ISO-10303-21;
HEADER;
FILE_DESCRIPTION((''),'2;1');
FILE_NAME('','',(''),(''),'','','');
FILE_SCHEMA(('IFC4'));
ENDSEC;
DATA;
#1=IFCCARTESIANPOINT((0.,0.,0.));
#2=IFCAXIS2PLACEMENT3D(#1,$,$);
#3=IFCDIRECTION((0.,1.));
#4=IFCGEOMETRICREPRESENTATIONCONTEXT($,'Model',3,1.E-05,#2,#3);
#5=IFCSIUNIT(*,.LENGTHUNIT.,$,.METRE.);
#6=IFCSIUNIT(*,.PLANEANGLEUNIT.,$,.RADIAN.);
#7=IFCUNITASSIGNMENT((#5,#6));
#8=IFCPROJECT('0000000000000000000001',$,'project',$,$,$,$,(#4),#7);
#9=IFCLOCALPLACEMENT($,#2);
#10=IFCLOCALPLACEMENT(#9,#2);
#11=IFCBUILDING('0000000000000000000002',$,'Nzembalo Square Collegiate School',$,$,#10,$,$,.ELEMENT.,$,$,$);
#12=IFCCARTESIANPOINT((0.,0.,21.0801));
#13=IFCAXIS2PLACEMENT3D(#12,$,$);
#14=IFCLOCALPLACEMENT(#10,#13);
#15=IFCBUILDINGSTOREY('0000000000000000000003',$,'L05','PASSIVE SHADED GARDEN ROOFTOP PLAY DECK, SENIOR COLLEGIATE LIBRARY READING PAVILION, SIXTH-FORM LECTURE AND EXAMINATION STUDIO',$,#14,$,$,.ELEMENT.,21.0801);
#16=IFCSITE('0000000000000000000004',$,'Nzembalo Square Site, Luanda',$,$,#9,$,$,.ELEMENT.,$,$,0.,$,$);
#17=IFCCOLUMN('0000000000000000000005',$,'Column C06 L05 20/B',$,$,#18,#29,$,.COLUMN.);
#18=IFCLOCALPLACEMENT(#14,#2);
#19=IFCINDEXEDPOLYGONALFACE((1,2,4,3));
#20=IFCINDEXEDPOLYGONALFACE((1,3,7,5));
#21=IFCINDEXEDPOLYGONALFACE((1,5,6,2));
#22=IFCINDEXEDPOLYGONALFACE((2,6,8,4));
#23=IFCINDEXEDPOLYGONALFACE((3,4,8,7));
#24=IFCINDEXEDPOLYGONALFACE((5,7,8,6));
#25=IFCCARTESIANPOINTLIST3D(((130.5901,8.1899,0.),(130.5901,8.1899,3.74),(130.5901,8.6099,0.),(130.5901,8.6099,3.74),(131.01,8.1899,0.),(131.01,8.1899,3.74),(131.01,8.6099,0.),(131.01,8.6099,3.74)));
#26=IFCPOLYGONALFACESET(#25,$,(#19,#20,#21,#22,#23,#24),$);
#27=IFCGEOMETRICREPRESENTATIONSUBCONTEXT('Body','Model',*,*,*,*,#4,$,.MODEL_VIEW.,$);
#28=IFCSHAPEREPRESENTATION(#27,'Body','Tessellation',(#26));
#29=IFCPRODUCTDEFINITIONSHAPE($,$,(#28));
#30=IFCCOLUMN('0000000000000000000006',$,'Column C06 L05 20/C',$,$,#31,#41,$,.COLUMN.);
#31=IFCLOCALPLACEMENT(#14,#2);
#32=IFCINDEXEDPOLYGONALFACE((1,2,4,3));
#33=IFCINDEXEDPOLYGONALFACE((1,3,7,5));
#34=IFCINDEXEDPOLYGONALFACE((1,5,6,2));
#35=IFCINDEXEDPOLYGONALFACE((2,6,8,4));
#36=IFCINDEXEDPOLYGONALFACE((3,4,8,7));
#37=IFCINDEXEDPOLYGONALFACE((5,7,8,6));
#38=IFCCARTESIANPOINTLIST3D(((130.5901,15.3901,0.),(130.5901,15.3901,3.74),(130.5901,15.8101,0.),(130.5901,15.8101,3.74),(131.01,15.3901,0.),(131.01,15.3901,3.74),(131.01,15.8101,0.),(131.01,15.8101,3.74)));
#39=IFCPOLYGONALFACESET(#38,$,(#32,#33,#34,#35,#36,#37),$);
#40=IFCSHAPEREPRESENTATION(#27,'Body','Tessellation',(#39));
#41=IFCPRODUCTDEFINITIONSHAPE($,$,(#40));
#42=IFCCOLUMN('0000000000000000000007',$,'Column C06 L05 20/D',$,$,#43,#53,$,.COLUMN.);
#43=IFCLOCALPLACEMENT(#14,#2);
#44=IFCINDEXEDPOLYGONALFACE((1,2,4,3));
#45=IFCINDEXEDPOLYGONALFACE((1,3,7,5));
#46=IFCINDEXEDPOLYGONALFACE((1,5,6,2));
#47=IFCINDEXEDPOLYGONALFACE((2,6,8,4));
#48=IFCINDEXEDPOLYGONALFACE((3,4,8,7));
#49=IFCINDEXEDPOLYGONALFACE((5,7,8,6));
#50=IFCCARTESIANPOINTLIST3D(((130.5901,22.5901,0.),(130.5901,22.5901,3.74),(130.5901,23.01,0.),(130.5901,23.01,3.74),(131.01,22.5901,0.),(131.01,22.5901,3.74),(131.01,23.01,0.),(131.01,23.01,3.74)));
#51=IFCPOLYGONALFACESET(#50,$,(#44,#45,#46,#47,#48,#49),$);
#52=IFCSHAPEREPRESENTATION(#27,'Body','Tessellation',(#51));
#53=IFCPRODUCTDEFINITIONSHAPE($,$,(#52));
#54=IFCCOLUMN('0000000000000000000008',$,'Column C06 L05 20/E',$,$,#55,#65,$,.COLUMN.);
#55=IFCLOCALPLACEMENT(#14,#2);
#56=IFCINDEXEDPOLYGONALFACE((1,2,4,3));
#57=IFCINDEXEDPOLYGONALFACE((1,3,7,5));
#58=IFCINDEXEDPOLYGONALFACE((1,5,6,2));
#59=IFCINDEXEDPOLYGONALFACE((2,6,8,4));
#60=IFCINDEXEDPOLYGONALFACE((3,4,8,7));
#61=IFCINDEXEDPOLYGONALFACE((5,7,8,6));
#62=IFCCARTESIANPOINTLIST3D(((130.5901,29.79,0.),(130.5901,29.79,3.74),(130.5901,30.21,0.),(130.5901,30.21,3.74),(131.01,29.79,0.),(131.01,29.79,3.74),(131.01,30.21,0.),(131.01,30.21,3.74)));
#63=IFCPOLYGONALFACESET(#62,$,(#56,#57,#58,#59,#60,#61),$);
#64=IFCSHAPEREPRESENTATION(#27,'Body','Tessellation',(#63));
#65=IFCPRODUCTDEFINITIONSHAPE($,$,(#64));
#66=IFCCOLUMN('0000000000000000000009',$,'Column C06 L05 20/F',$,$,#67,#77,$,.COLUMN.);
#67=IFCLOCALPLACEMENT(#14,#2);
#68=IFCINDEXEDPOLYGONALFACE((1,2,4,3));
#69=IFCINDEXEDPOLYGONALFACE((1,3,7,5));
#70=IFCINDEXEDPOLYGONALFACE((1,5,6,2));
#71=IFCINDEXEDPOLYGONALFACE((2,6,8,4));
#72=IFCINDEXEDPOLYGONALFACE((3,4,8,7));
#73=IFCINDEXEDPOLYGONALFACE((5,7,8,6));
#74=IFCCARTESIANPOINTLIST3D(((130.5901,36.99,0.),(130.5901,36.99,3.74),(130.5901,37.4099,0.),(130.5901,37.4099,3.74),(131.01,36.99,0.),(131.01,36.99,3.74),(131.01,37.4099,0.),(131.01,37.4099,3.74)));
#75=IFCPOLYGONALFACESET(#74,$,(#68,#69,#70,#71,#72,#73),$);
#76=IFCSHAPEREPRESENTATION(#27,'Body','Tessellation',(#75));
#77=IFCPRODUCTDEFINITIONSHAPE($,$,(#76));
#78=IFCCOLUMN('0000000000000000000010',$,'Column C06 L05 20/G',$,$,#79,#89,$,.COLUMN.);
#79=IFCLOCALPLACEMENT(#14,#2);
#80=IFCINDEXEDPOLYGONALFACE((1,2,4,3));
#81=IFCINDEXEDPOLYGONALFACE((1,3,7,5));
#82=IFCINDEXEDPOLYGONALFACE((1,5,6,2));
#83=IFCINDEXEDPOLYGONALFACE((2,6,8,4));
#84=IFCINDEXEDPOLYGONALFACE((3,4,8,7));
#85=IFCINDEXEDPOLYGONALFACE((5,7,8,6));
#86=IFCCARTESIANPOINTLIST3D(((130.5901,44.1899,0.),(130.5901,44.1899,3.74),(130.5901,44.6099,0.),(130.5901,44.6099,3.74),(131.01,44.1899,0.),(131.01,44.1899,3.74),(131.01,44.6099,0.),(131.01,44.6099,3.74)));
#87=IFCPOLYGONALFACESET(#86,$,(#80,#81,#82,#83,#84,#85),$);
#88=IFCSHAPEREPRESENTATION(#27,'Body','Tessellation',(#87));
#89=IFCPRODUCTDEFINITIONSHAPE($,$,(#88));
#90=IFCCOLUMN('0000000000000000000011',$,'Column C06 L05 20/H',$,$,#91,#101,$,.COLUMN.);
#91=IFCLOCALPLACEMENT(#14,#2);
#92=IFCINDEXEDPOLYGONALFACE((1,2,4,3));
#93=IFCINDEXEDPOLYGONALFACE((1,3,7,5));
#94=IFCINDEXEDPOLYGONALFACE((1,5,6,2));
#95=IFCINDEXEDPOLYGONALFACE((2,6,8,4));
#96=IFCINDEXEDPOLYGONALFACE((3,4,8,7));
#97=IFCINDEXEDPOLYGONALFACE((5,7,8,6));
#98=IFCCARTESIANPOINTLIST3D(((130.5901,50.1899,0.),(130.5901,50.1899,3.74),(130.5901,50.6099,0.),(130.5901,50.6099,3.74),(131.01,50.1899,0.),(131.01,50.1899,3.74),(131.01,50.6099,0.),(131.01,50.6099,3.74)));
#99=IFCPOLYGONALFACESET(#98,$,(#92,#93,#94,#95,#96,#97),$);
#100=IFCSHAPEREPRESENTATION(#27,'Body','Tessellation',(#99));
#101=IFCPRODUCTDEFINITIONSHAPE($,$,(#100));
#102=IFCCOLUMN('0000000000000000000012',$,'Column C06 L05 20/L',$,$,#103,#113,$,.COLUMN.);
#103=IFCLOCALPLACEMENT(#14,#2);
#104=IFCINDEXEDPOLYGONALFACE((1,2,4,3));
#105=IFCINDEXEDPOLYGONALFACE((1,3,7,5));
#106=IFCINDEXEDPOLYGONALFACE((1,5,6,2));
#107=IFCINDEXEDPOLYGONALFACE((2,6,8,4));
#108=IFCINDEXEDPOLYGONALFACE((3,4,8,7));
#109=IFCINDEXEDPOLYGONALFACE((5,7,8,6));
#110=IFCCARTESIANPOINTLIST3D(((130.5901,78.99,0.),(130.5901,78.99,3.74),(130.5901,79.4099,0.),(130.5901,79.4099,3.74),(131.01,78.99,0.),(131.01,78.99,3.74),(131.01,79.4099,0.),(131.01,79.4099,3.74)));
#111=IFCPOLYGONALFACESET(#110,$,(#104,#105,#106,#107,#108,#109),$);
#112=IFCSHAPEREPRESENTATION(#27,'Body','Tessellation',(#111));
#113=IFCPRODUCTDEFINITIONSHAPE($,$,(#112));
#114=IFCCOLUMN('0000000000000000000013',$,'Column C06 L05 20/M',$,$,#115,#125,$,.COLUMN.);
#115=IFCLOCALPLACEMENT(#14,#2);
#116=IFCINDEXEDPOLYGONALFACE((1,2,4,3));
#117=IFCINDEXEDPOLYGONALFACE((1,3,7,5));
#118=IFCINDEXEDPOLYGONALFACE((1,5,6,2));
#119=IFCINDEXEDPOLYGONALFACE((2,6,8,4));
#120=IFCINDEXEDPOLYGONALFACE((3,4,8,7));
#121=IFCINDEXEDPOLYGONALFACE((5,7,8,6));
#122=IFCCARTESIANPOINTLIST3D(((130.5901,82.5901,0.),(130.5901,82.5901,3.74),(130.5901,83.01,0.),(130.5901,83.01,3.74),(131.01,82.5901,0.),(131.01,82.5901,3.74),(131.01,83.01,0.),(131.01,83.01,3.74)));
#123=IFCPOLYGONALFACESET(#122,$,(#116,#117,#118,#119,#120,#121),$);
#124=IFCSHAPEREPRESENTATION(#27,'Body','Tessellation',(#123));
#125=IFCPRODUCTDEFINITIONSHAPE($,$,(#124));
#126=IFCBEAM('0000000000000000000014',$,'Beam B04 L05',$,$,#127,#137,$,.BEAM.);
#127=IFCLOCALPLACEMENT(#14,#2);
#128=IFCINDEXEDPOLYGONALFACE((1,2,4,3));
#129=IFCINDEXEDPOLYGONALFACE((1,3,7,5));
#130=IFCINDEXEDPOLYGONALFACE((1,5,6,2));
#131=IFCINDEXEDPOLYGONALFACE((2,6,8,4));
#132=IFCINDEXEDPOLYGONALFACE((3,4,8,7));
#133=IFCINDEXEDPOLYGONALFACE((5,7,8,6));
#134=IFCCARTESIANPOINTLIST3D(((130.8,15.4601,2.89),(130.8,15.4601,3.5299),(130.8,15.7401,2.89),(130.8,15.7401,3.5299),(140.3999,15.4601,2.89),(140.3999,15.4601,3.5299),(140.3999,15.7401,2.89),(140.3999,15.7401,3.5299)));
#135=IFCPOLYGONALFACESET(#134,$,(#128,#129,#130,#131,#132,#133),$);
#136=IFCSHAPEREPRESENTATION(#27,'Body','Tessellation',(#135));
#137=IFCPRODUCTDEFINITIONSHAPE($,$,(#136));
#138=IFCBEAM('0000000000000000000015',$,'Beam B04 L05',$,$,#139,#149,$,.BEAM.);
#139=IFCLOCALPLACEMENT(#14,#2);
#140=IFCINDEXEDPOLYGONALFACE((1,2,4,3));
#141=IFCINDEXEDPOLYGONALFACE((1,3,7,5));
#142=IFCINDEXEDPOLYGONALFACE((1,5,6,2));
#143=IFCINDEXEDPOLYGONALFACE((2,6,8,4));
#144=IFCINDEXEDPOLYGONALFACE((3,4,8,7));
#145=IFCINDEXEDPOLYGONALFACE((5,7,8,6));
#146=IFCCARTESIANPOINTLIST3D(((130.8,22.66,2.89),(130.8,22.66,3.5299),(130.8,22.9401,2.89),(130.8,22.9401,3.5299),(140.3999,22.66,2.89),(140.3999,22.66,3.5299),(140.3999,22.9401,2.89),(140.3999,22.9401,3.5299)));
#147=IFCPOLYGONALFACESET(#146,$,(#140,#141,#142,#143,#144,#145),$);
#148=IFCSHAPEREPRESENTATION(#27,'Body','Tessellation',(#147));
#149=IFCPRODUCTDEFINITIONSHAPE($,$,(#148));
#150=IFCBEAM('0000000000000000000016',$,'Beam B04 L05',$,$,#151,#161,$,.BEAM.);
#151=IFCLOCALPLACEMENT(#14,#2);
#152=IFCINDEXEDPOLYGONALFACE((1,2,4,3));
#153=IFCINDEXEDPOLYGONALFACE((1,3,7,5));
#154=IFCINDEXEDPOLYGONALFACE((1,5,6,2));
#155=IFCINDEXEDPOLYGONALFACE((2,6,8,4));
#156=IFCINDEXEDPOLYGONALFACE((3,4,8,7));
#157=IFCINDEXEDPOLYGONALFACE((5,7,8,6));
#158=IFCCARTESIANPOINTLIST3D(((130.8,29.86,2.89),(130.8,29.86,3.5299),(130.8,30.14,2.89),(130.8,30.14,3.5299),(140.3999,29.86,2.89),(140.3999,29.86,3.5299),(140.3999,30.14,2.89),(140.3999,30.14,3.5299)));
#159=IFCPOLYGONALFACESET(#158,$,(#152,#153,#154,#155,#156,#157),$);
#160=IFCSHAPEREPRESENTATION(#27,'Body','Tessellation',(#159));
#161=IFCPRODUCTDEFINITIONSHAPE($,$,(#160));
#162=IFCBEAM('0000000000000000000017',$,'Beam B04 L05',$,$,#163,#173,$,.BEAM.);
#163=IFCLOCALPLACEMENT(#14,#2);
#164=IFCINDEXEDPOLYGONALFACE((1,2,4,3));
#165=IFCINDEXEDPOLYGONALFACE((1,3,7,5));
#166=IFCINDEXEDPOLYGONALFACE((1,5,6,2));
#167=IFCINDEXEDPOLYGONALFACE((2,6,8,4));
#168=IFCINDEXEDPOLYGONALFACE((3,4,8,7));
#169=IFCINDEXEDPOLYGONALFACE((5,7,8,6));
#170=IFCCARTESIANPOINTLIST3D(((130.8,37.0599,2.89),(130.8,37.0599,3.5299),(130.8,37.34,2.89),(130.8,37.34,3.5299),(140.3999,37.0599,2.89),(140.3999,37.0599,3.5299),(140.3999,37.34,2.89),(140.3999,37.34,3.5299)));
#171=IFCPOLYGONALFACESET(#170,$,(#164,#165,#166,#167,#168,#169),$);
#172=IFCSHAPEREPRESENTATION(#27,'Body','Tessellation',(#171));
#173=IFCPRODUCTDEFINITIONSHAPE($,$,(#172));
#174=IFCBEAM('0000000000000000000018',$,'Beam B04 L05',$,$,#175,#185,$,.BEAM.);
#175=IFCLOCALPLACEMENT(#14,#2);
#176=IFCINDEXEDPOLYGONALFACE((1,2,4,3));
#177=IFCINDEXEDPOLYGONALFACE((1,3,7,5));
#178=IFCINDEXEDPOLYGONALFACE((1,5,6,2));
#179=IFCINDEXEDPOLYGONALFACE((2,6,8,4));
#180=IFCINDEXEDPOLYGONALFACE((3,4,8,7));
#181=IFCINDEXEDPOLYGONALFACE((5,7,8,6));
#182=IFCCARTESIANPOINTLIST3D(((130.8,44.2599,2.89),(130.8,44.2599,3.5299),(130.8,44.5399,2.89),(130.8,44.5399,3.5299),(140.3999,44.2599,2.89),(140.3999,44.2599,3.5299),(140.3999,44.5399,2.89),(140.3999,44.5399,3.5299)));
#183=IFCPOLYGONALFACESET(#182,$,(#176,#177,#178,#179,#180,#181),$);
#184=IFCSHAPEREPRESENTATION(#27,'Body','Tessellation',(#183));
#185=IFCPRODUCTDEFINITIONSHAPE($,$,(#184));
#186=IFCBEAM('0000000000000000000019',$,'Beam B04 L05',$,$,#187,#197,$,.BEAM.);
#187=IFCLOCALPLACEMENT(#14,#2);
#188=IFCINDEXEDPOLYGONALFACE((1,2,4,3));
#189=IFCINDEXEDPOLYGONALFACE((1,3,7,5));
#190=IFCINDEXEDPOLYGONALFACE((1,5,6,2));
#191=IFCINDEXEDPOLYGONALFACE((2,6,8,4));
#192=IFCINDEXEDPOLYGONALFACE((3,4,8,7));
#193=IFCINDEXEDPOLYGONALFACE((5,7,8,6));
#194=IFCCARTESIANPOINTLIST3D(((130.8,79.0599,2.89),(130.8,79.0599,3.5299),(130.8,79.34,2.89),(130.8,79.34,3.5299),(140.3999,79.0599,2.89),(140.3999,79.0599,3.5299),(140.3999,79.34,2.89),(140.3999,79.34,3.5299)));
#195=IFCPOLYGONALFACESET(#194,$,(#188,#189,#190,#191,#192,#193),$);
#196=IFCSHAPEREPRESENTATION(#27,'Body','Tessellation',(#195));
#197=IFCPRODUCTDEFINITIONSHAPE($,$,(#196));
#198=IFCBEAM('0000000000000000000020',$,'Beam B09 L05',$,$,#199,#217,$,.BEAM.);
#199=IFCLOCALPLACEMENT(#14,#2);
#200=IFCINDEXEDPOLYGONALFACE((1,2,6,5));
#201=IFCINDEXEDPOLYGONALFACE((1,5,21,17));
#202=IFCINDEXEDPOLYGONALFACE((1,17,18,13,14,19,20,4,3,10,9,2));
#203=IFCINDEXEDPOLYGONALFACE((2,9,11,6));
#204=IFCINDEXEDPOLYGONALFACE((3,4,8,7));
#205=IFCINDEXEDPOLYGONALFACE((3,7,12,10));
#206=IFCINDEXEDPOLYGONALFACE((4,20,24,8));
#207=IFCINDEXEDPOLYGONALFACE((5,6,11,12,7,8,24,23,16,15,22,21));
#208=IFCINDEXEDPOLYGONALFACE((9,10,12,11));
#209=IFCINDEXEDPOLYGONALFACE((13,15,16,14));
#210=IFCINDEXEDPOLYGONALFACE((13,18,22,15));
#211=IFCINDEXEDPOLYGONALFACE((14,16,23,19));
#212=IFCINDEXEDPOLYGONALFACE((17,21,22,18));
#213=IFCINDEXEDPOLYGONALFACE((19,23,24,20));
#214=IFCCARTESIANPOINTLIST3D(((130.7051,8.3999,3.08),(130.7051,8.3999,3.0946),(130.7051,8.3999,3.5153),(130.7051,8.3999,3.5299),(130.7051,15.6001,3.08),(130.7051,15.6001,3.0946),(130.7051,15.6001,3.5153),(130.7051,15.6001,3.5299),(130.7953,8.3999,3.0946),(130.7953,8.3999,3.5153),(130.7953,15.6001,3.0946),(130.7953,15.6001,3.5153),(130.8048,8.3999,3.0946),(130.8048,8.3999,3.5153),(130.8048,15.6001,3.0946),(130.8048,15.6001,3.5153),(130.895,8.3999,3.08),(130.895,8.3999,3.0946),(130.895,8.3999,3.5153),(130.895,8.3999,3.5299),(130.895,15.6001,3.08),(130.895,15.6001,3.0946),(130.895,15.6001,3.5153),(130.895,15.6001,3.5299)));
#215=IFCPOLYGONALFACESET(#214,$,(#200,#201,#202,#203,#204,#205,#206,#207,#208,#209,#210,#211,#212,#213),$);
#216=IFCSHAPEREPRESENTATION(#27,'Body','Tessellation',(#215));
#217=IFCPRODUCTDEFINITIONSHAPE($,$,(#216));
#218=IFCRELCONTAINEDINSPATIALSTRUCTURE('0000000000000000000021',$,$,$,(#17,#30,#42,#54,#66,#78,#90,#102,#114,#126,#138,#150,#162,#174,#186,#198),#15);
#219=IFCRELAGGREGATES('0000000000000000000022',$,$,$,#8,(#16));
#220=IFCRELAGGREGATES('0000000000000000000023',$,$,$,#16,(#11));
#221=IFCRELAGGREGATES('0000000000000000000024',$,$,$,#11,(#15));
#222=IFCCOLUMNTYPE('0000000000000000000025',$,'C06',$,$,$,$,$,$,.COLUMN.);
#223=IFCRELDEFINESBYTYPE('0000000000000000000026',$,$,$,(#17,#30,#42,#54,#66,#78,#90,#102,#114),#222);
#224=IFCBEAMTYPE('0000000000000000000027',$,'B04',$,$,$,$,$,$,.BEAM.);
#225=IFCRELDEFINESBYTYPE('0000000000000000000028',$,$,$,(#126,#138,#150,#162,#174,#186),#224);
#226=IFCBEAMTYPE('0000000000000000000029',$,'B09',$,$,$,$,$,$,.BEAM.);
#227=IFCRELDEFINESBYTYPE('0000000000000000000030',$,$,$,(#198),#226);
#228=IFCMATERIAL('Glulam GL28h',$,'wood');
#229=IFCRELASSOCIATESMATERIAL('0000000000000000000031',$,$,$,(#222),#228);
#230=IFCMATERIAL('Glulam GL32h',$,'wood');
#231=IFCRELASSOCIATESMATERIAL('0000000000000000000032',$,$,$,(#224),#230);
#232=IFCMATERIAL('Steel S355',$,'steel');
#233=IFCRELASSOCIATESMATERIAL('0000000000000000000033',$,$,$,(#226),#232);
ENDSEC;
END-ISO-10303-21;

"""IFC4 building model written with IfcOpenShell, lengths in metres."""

from ifc_helpers import new_model, si_unit, direction, frame, origin, origin_2d, place, context, subcontext, project, spatial, rectangle, i_section, extrude, material, material_profile, profile_set, type_object, element, save


model = new_model("IFC4")

# Units and contexts
model_context = context("Model", 3, precision=1e-05, world=origin(), true_north=direction((0.0, 1.0)))
body_context = subcontext(model_context, "Body", "Model", "MODEL_VIEW")
ifc_project = project(units=[si_unit("LENGTHUNIT", "METRE"), si_unit("PLANEANGLEUNIT", "RADIAN")], contexts=[model_context])

# Site, building, storey
site_placement = place(None, origin())
site = spatial("IfcSite", under=ifc_project, at=site_placement, Name="Nzembalo Square Site, Luanda", CompositionType="ELEMENT", RefElevation=0.0)
building_placement = place(site_placement, origin())
building = spatial("IfcBuilding", under=site, at=building_placement, Name="Nzembalo Square Collegiate School", CompositionType="ELEMENT")
storey_placement = place(building_placement, frame((0.0, 0.0, 21.0801)))
storey = spatial("IfcBuildingStorey", under=building, at=storey_placement, Name="L05", Description="PASSIVE SHADED GARDEN ROOFTOP PLAY DECK, SENIOR COLLEGIATE LIBRARY READING PAVILION, SIXTH-FORM LECTURE AND EXAMINATION STUDIO", CompositionType="ELEMENT", Elevation=21.0801)

# Columns
ifc_material_1 = material(Name="Glulam GL28h", Category="wood")
ifc_material_profile_1 = material_profile(ifc_material_1, rectangle(XDim=0.4199, YDim=0.4199, at=origin_2d()), Name="GL28h 420x420")
ifc_profile_set_1 = profile_set([ifc_material_profile_1], Name="Glulam GL28h")
column_type = type_object("IfcColumnType", Name="C06", PredefinedType="COLUMN", material=ifc_profile_set_1)
for number, where, z_axis, x_axis, name in (
    (1, (130.8, 8.3999, 0.0), (0.0, 0.0, 1.0), (1.0, 0.0, 0.0), "Column C06 L05 20/B"),
    (2, (130.8, 15.6001, 0.0), (0.0, 0.0, 1.0), (1.0, 0.0, 0.0), "Column C06 L05 20/C"),
    (3, (130.8, 22.8, 0.0), (0.0, 0.0, 1.0), (1.0, 0.0, 0.0), "Column C06 L05 20/D"),
    (4, (130.8, 30.0, 0.0), (0.0, 0.0, 1.0), (1.0, 0.0, 0.0), "Column C06 L05 20/E"),
    (5, (130.8, 37.2, 0.0), (0.0, 0.0, 1.0), (1.0, 0.0, 0.0), "Column C06 L05 20/F"),
    (6, (130.8, 44.3999, 0.0), (0.0, 0.0, 1.0), (1.0, 0.0, 0.0), "Column C06 L05 20/G"),
    (7, (130.8, 50.3999, 0.0), (0.0, 0.0, 1.0), (1.0, 0.0, 0.0), "Column C06 L05 20/H"),
    (8, (130.8, 79.2, 0.0), (0.0, 0.0, 1.0), (1.0, 0.0, 0.0), "Column C06 L05 20/L"),
    (9, (130.8, 82.8, 0.0), (0.0, 0.0, 1.0), (1.0, 0.0, 0.0), "Column C06 L05 20/M"),
):
    element("IfcColumn", number, at=place(storey_placement, frame(where, z_axis=z_axis, x_axis=x_axis)), inside=storey, type_object=column_type, Name=name, PredefinedType="COLUMN", context=body_context, shape_type="SweptSolid", body=[
        extrude(rectangle(XDim=0.4199, YDim=0.4199, at=origin_2d()), origin(), (0.0, 0.0, 1.0), 3.74),
    ])

# Beams
ifc_material_2 = material(Name="Glulam GL32h", Category="wood")
ifc_material_profile_2 = material_profile(ifc_material_2, rectangle(XDim=0.28, YDim=0.6399, at=origin_2d()), Name="GL32h 280x640")
ifc_profile_set_2 = profile_set([ifc_material_profile_2], Name="Glulam GL32h")
beam_type_1 = type_object("IfcBeamType", Name="B04", PredefinedType="BEAM", material=ifc_profile_set_2)
for number, where, z_axis, x_axis, name in (
    (10, (130.8, 15.6001, 3.21), (1.0, 0.0, 0.0), (0.0, 1.0, 0.0), "Beam B04 L05"),
    (11, (130.8, 22.8, 3.21), (1.0, 0.0, 0.0), (0.0, 1.0, 0.0), "Beam B04 L05"),
    (12, (130.8, 30.0, 3.21), (1.0, 0.0, 0.0), (0.0, 1.0, 0.0), "Beam B04 L05"),
    (13, (130.8, 37.2, 3.21), (1.0, 0.0, 0.0), (0.0, 1.0, 0.0), "Beam B04 L05"),
    (14, (130.8, 44.3999, 3.21), (1.0, 0.0, 0.0), (0.0, 1.0, 0.0), "Beam B04 L05"),
    (15, (130.8, 79.2, 3.21), (1.0, 0.0, 0.0), (0.0, 1.0, 0.0), "Beam B04 L05"),
):
    element("IfcBeam", number, at=place(storey_placement, frame(where, z_axis=z_axis, x_axis=x_axis)), inside=storey, type_object=beam_type_1, Name=name, PredefinedType="BEAM", context=body_context, shape_type="SweptSolid", body=[
        extrude(rectangle(XDim=0.28, YDim=0.6399, at=origin_2d()), origin(), (0.0, 0.0, 1.0), 9.5999),
    ])
ifc_material_3 = material(Name="Steel S355", Category="steel")
ifc_material_profile_3 = material_profile(ifc_material_3, i_section(OverallWidth=0.1899, OverallDepth=0.45, WebThickness=0.0095, FlangeThickness=0.0146, at=origin_2d()), Name="IPE 450")
ifc_profile_set_3 = profile_set([ifc_material_profile_3], Name="Steel S355")
beam_type_2 = type_object("IfcBeamType", Name="B09", PredefinedType="BEAM", material=ifc_profile_set_3)
beam_1_placement = place(storey_placement, frame((130.8, 8.3999, 3.3049), z_axis=(0.0, 1.0, 0.0), x_axis=(-1.0, 0.0, 0.0)))
element("IfcBeam", 16, at=beam_1_placement, inside=storey, type_object=beam_type_2, Name="Beam B09 L05", PredefinedType="BEAM", context=body_context, shape_type="SweptSolid", body=[
    extrude(i_section(OverallWidth=0.1899, OverallDepth=0.45, WebThickness=0.0095, FlangeThickness=0.0146, at=origin_2d()), origin(), (0.0, 0.0, 1.0), 7.2002),
])

save(model, "model.ifc")
